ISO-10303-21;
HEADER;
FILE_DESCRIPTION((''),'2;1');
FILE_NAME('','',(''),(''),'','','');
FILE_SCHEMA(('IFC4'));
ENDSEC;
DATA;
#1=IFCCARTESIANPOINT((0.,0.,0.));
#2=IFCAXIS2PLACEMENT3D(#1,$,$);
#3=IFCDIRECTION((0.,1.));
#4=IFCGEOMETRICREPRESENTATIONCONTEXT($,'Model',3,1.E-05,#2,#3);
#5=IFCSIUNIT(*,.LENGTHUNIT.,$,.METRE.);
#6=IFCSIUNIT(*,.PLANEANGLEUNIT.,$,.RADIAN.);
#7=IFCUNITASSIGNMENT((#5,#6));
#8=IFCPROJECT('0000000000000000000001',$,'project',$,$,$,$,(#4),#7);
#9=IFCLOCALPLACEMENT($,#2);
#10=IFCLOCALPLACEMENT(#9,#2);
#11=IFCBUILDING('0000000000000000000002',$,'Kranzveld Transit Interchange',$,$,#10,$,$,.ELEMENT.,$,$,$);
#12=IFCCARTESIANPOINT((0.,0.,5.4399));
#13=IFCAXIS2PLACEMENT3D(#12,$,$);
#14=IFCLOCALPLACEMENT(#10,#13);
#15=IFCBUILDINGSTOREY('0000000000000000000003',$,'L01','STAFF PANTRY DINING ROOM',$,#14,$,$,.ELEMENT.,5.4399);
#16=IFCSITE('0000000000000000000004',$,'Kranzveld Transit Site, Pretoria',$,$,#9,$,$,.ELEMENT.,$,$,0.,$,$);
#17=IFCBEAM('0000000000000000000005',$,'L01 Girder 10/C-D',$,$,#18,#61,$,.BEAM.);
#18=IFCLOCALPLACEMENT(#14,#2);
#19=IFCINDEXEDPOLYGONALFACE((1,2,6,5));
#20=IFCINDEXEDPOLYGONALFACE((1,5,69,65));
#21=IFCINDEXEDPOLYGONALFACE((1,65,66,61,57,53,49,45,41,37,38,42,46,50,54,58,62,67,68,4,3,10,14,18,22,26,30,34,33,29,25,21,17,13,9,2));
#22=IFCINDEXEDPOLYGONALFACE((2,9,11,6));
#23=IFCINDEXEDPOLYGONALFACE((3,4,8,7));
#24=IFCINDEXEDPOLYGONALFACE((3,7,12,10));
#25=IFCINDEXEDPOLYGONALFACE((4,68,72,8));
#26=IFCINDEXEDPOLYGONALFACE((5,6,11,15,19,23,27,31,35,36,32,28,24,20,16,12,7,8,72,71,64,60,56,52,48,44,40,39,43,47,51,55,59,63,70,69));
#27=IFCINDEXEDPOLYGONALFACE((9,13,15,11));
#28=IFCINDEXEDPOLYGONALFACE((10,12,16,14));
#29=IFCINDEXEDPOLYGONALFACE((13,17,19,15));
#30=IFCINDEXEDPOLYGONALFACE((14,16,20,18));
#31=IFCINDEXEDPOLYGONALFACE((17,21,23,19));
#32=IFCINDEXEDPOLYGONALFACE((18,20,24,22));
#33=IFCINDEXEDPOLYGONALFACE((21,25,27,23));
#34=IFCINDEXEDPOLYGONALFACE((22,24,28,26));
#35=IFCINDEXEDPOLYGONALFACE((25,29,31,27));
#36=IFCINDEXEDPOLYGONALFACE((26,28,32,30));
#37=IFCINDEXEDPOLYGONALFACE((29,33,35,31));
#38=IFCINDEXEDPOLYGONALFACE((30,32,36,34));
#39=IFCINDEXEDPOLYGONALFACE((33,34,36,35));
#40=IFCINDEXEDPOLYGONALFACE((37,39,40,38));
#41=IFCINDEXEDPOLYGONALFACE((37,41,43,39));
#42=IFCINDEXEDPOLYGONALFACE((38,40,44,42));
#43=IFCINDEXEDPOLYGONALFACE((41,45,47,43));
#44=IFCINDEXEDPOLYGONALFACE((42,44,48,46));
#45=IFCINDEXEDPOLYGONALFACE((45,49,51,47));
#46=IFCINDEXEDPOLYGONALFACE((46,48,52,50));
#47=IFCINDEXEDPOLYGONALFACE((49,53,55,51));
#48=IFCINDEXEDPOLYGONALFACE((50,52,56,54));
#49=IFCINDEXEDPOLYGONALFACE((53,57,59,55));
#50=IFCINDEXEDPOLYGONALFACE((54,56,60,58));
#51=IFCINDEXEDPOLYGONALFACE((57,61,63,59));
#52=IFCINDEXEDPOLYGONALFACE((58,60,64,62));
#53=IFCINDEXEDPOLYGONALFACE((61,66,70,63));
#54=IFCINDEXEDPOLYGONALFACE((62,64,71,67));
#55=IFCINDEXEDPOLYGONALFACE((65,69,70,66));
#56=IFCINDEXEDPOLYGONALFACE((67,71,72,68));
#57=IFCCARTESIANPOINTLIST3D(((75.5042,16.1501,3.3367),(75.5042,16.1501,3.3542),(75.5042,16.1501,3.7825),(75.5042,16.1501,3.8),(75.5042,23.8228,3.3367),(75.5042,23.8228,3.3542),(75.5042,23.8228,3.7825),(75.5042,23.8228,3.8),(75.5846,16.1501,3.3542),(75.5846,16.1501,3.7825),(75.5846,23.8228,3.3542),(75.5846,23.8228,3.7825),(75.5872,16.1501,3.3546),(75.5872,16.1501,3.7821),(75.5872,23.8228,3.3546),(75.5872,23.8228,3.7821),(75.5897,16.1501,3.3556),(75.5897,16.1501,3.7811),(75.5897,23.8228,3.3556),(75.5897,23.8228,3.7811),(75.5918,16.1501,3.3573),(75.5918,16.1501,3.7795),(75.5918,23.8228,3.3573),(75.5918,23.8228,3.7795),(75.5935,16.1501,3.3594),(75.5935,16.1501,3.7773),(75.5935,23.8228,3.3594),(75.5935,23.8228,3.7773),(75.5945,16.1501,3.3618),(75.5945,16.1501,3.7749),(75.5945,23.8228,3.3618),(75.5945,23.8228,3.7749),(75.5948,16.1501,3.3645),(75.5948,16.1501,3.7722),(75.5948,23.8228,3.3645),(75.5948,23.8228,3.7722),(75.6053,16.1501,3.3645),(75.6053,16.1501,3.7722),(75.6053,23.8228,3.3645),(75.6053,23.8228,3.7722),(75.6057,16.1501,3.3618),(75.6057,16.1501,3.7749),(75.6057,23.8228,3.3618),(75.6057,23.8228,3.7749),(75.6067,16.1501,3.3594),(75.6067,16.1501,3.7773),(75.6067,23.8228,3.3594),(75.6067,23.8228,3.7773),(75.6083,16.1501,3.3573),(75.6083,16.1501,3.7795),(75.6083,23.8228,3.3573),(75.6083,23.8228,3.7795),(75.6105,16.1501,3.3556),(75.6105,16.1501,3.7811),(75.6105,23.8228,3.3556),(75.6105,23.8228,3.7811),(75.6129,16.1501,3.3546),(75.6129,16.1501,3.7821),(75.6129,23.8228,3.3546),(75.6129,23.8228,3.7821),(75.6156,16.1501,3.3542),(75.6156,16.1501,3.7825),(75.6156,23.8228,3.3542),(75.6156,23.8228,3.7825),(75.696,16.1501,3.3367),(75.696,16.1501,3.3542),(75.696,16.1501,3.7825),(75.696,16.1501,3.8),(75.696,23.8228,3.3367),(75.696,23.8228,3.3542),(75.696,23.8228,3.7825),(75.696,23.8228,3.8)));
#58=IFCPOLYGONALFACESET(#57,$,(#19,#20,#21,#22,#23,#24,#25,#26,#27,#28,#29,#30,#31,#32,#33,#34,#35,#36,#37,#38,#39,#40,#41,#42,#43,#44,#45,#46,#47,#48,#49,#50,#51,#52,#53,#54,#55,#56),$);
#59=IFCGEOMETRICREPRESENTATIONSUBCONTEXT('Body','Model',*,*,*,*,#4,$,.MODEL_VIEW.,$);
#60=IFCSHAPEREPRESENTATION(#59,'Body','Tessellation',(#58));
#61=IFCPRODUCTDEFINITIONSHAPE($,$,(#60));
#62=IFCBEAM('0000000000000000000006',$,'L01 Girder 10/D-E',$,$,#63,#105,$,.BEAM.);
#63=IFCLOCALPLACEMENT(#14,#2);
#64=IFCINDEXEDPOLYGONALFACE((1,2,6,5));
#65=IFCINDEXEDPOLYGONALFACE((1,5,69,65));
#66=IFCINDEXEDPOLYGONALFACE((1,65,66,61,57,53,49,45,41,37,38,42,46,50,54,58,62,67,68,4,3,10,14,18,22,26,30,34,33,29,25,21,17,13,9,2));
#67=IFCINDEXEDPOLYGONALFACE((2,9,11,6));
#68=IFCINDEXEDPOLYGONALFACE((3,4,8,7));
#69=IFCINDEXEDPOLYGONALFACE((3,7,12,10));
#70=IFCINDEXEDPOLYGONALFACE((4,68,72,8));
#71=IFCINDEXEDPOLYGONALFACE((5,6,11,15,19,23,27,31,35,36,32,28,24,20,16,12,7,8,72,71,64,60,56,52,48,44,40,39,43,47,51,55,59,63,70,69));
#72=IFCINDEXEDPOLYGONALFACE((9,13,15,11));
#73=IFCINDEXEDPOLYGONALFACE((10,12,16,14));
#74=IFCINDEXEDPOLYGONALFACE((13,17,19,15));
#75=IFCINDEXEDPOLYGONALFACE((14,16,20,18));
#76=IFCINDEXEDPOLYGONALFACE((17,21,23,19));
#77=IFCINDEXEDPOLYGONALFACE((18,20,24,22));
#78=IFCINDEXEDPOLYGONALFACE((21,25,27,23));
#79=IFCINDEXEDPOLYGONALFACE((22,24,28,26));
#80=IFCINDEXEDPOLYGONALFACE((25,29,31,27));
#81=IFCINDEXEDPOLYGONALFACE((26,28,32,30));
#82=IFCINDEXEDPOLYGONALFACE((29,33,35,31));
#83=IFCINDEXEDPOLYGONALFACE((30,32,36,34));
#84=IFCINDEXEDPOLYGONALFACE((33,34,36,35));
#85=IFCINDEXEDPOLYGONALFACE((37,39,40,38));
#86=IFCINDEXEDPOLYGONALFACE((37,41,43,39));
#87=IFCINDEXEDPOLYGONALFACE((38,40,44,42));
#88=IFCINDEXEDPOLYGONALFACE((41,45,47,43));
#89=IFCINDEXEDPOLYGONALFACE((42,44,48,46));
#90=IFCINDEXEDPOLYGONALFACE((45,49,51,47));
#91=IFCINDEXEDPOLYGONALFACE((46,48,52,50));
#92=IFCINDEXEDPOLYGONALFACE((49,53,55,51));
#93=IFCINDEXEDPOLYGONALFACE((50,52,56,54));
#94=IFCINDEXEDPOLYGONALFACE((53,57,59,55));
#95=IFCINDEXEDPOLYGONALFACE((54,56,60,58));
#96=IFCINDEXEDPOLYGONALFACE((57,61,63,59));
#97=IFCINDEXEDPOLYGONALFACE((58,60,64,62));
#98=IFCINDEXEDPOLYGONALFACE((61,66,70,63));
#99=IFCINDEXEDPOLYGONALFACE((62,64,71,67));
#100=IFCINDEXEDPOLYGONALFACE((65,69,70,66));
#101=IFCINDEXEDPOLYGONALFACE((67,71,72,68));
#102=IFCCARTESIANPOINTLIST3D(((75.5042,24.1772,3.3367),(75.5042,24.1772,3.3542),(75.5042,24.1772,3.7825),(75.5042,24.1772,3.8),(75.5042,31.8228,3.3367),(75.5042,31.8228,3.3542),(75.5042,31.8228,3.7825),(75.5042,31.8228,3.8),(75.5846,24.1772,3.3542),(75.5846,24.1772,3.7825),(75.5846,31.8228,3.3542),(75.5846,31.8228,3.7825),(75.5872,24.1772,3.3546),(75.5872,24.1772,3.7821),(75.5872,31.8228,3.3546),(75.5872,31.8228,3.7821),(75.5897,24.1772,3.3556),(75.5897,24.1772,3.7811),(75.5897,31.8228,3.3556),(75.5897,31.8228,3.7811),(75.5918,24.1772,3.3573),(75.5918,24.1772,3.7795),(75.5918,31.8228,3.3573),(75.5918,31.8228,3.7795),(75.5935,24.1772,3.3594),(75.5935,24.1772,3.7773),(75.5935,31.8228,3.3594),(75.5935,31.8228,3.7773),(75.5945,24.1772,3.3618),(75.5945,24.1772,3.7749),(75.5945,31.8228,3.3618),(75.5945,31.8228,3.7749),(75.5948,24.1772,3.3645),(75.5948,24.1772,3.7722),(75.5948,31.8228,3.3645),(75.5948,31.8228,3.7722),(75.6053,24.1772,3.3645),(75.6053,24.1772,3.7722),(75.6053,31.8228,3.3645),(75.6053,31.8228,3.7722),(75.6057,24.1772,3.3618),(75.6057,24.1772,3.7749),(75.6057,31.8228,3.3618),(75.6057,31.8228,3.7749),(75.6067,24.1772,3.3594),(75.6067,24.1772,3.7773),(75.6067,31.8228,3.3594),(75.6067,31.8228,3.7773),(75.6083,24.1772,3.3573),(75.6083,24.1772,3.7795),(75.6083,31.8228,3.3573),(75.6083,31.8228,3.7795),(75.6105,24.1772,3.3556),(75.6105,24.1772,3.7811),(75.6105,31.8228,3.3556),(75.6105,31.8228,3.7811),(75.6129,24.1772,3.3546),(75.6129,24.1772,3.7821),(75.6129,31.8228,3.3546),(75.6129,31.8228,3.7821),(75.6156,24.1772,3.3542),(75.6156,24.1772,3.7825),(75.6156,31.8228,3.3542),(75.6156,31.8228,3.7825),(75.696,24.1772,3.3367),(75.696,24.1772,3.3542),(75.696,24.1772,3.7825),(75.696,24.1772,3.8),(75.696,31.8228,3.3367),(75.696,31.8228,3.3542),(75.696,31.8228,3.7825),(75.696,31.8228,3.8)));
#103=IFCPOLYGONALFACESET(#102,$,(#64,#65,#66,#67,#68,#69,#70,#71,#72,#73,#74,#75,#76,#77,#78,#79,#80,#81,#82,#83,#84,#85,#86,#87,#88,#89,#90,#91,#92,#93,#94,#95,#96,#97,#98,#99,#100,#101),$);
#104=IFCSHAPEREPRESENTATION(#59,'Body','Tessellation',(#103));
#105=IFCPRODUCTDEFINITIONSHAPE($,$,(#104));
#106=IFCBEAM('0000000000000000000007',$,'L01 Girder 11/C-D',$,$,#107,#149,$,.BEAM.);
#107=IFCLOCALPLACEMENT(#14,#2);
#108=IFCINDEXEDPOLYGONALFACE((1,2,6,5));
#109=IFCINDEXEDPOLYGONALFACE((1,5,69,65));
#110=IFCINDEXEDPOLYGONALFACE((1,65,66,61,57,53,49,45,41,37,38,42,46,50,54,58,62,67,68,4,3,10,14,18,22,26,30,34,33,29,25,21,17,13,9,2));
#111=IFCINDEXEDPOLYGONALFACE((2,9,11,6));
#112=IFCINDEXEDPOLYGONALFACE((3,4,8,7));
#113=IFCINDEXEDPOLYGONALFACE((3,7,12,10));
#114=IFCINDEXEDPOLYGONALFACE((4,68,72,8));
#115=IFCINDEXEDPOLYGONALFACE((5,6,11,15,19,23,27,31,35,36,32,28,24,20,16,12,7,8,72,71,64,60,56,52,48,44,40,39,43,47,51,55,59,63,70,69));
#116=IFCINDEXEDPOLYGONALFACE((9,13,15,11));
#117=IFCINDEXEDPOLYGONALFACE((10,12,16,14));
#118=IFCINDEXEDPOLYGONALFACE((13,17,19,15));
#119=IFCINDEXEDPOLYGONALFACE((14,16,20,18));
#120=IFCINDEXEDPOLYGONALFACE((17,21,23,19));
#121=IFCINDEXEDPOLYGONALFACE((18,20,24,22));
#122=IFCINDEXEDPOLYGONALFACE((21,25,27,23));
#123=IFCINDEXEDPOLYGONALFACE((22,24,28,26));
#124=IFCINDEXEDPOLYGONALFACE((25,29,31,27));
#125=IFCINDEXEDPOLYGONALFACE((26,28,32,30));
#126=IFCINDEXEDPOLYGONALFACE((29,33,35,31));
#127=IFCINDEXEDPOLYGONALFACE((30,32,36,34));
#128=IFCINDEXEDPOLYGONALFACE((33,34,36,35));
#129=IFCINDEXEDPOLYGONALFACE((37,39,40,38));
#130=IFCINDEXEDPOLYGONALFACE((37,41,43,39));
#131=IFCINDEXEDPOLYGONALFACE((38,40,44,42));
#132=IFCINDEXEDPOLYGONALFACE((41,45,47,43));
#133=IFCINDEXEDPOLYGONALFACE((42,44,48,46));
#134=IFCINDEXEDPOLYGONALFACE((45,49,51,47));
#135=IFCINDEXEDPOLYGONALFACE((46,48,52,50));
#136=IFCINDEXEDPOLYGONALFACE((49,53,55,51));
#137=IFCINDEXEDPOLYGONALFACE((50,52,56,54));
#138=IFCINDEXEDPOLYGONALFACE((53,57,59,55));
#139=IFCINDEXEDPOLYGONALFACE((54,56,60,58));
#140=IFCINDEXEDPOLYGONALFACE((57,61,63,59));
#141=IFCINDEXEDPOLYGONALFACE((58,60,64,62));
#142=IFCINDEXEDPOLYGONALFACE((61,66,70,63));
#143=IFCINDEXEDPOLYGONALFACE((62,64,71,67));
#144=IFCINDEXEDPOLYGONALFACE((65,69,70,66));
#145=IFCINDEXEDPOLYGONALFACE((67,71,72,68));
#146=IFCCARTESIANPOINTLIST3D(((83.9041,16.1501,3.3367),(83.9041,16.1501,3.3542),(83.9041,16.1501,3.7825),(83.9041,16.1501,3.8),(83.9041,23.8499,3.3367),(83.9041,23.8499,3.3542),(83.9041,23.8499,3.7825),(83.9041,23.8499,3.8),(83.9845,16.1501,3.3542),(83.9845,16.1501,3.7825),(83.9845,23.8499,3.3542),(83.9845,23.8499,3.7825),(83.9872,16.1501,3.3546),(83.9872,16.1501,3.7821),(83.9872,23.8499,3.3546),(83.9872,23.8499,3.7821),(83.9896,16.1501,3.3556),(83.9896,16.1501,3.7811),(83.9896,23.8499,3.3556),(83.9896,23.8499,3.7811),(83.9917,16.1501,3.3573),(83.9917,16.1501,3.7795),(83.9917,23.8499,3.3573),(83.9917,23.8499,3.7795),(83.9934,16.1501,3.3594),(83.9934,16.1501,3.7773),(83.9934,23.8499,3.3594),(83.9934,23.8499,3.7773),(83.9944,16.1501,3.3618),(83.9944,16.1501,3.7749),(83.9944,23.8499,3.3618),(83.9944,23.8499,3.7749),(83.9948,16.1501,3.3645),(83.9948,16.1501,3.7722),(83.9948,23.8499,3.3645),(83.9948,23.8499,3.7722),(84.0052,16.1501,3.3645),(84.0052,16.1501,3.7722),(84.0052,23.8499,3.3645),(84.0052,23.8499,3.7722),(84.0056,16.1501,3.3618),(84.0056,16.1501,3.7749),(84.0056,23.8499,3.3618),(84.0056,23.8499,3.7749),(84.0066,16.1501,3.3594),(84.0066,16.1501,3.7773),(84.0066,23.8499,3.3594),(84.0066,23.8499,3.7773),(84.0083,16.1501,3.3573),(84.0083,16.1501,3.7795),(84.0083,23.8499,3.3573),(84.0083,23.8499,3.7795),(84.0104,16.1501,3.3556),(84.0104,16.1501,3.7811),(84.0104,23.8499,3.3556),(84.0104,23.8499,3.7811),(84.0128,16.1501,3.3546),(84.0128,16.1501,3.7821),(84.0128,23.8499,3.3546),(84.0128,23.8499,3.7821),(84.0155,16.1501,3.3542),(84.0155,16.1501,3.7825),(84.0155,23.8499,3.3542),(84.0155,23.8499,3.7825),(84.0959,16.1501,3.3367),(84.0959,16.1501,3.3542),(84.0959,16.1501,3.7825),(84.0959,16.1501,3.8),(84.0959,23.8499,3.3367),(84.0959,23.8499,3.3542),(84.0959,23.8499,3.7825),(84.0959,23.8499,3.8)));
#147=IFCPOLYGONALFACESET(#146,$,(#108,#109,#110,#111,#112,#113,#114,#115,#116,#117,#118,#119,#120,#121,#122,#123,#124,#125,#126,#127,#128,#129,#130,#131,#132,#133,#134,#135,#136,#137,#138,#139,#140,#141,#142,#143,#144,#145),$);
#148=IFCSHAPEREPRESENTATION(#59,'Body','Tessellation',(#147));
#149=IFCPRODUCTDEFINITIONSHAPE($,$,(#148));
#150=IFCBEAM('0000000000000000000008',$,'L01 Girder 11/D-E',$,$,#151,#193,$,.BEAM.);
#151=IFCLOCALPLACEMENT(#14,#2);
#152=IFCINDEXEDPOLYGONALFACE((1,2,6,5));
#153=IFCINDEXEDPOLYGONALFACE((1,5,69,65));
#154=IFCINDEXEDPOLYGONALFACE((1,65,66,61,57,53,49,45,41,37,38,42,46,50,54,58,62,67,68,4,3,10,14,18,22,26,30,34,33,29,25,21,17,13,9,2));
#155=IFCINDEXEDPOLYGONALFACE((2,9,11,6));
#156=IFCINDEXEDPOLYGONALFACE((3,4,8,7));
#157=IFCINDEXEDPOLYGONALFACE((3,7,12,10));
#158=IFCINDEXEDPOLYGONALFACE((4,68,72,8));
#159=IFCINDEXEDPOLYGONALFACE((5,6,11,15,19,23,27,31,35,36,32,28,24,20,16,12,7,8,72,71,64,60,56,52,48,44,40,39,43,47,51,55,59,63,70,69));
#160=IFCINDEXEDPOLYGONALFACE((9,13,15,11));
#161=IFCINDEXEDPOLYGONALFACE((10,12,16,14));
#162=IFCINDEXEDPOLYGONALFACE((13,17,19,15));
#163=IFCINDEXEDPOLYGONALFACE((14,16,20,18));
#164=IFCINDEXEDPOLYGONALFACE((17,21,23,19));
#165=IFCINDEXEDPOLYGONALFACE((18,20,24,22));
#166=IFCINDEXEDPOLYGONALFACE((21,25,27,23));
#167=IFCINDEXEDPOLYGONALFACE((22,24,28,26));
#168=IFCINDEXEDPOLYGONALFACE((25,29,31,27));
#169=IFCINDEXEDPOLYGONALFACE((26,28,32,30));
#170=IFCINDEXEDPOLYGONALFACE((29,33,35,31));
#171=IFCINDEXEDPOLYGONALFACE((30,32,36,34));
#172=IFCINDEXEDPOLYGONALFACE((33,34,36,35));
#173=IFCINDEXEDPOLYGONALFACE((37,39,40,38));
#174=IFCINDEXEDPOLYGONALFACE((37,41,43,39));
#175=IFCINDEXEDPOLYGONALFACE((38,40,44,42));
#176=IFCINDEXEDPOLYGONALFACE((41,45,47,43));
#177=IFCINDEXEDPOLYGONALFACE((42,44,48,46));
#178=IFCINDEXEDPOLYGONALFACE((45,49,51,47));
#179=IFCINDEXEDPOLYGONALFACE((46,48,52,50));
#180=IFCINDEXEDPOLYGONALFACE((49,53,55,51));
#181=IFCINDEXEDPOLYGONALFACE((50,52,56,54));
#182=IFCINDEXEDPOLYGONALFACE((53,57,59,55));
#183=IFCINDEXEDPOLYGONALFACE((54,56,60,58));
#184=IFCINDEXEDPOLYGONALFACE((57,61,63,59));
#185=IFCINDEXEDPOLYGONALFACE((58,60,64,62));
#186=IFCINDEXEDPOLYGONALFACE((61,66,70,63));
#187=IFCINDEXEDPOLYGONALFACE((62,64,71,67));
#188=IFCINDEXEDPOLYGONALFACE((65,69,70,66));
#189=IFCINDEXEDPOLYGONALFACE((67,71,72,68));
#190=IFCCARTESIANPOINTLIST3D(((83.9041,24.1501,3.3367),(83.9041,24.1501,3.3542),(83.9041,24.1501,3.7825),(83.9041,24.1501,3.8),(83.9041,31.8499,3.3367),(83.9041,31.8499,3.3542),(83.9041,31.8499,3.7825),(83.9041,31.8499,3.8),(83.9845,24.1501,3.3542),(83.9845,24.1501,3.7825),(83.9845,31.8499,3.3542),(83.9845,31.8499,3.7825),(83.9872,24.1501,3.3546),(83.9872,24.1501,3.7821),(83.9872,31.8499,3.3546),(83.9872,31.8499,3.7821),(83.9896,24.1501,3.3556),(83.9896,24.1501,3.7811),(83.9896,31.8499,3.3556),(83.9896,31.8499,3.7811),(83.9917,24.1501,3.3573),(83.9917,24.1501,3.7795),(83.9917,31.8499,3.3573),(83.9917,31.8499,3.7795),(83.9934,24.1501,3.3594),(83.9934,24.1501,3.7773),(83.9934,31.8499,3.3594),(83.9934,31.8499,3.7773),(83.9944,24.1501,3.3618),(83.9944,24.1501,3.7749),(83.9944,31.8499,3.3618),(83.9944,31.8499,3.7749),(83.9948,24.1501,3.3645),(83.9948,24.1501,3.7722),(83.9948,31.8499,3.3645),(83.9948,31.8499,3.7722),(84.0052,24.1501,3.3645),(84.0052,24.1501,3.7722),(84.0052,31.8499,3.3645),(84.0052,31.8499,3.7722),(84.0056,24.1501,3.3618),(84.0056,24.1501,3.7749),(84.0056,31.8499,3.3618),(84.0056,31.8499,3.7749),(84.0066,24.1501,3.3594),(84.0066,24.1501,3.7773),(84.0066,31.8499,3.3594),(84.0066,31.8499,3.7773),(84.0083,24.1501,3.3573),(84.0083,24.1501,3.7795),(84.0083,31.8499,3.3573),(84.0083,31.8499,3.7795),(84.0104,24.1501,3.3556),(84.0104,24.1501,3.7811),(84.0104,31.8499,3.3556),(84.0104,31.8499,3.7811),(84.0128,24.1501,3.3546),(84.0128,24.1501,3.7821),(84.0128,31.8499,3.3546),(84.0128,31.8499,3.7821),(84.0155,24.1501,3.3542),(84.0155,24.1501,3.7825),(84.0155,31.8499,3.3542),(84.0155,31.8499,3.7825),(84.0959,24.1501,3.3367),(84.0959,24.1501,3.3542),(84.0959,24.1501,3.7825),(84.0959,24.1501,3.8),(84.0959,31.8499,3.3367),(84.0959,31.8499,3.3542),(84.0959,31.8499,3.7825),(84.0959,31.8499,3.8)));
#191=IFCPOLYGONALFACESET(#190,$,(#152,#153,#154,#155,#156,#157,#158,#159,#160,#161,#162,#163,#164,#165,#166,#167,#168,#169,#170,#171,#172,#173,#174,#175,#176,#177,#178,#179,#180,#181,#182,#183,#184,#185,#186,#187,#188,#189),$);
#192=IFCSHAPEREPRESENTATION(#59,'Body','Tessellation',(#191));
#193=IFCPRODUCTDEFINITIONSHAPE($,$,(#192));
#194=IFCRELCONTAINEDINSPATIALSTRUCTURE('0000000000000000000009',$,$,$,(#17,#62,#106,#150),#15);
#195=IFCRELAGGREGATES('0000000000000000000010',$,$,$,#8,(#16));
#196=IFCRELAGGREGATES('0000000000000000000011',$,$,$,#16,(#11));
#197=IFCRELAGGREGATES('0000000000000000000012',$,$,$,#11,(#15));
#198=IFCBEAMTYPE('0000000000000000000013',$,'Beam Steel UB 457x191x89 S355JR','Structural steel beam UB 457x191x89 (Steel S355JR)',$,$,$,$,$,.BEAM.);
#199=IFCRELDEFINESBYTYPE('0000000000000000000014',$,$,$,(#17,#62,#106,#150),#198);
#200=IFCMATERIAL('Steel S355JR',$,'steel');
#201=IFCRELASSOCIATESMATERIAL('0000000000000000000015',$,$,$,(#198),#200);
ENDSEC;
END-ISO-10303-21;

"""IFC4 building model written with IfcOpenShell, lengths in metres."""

from ifc_helpers import new_model, si_unit, direction, frame, origin, origin_2d, place, context, subcontext, project, spatial, i_section, extrude, material, material_profile, profile_set, type_object, element, save


model = new_model("IFC4")

# Units and contexts
model_context = context("Model", 3, precision=1e-05, world=origin(), true_north=direction((0.0, 1.0)))
body_context = subcontext(model_context, "Body", "Model", "MODEL_VIEW")
ifc_project = project(units=[si_unit("LENGTHUNIT", "METRE"), si_unit("PLANEANGLEUNIT", "RADIAN")], contexts=[model_context])

# Site, building, storey
site_placement = place(None, origin())
site = spatial("IfcSite", under=ifc_project, at=site_placement, Name="Kranzveld Transit Site, Pretoria", CompositionType="ELEMENT", RefElevation=0.0)
building_placement = place(site_placement, origin())
building = spatial("IfcBuilding", under=site, at=building_placement, Name="Kranzveld Transit Interchange", CompositionType="ELEMENT")
storey_placement = place(building_placement, frame((0.0, 0.0, 5.4399)))
storey = spatial("IfcBuildingStorey", under=building, at=storey_placement, Name="L01", Description="STAFF PANTRY DINING ROOM", CompositionType="ELEMENT", Elevation=5.4399)

# Beams
ifc_material_1 = material(Name="Steel S355JR", Category="steel")
ifc_material_profile_1 = material_profile(ifc_material_1, i_section(OverallWidth=0.1919, OverallDepth=0.4634, WebThickness=0.0105, FlangeThickness=0.0176, FilletRadius=0.0103, at=origin_2d()), Name="UB 457x191x89")
ifc_profile_set_1 = profile_set([ifc_material_profile_1], Name="Steel S355JR")
beam_type_1 = type_object("IfcBeamType", Name="Beam Steel UB 457x191x89 S355JR", Description="Structural steel beam UB 457x191x89 (Steel S355JR)", PredefinedType="BEAM", material=ifc_profile_set_1)
beam_1_placement = place(storey_placement, frame((75.6001, 16.1501, 3.5684), z_axis=(0.0, 1.0, 0.0), x_axis=(-1.0, 0.0, 0.0)))
element("IfcBeam", 1, at=beam_1_placement, inside=storey, type_object=beam_type_1, Name="L01 Girder 10/C-D", PredefinedType="BEAM", context=body_context, shape_type="SweptSolid", body=[
    extrude(i_section(OverallWidth=0.1919, OverallDepth=0.4634, WebThickness=0.0105, FlangeThickness=0.0176, FilletRadius=0.0103, at=origin_2d()), origin(), (0.0, 0.0, 1.0), 7.6726),
])
beam_2_placement = place(storey_placement, frame((75.6001, 24.1772, 3.5684), z_axis=(0.0, 1.0, 0.0), x_axis=(-1.0, 0.0, 0.0)))
element("IfcBeam", 2, at=beam_2_placement, inside=storey, type_object=beam_type_1, Name="L01 Girder 10/D-E", PredefinedType="BEAM", context=body_context, shape_type="SweptSolid", body=[
    extrude(i_section(OverallWidth=0.1919, OverallDepth=0.4634, WebThickness=0.0105, FlangeThickness=0.0176, FilletRadius=0.0103, at=origin_2d()), origin(), (0.0, 0.0, 1.0), 7.6455),
])
for number, where, z_axis, x_axis, name in (
    (3, (84.0, 16.1501, 3.5684), (0.0, 1.0, 0.0), (-1.0, 0.0, 0.0), "L01 Girder 11/C-D"),
    (4, (84.0, 24.1501, 3.5684), (0.0, 1.0, 0.0), (-1.0, 0.0, 0.0), "L01 Girder 11/D-E"),
):
    element("IfcBeam", number, at=place(storey_placement, frame(where, z_axis=z_axis, x_axis=x_axis)), inside=storey, type_object=beam_type_1, Name=name, PredefinedType="BEAM", context=body_context, shape_type="SweptSolid", body=[
        extrude(i_section(OverallWidth=0.1919, OverallDepth=0.4634, WebThickness=0.0105, FlangeThickness=0.0176, FilletRadius=0.0103, at=origin_2d()), origin(), (0.0, 0.0, 1.0), 7.6997),
    ])

save(model, "model.ifc")
